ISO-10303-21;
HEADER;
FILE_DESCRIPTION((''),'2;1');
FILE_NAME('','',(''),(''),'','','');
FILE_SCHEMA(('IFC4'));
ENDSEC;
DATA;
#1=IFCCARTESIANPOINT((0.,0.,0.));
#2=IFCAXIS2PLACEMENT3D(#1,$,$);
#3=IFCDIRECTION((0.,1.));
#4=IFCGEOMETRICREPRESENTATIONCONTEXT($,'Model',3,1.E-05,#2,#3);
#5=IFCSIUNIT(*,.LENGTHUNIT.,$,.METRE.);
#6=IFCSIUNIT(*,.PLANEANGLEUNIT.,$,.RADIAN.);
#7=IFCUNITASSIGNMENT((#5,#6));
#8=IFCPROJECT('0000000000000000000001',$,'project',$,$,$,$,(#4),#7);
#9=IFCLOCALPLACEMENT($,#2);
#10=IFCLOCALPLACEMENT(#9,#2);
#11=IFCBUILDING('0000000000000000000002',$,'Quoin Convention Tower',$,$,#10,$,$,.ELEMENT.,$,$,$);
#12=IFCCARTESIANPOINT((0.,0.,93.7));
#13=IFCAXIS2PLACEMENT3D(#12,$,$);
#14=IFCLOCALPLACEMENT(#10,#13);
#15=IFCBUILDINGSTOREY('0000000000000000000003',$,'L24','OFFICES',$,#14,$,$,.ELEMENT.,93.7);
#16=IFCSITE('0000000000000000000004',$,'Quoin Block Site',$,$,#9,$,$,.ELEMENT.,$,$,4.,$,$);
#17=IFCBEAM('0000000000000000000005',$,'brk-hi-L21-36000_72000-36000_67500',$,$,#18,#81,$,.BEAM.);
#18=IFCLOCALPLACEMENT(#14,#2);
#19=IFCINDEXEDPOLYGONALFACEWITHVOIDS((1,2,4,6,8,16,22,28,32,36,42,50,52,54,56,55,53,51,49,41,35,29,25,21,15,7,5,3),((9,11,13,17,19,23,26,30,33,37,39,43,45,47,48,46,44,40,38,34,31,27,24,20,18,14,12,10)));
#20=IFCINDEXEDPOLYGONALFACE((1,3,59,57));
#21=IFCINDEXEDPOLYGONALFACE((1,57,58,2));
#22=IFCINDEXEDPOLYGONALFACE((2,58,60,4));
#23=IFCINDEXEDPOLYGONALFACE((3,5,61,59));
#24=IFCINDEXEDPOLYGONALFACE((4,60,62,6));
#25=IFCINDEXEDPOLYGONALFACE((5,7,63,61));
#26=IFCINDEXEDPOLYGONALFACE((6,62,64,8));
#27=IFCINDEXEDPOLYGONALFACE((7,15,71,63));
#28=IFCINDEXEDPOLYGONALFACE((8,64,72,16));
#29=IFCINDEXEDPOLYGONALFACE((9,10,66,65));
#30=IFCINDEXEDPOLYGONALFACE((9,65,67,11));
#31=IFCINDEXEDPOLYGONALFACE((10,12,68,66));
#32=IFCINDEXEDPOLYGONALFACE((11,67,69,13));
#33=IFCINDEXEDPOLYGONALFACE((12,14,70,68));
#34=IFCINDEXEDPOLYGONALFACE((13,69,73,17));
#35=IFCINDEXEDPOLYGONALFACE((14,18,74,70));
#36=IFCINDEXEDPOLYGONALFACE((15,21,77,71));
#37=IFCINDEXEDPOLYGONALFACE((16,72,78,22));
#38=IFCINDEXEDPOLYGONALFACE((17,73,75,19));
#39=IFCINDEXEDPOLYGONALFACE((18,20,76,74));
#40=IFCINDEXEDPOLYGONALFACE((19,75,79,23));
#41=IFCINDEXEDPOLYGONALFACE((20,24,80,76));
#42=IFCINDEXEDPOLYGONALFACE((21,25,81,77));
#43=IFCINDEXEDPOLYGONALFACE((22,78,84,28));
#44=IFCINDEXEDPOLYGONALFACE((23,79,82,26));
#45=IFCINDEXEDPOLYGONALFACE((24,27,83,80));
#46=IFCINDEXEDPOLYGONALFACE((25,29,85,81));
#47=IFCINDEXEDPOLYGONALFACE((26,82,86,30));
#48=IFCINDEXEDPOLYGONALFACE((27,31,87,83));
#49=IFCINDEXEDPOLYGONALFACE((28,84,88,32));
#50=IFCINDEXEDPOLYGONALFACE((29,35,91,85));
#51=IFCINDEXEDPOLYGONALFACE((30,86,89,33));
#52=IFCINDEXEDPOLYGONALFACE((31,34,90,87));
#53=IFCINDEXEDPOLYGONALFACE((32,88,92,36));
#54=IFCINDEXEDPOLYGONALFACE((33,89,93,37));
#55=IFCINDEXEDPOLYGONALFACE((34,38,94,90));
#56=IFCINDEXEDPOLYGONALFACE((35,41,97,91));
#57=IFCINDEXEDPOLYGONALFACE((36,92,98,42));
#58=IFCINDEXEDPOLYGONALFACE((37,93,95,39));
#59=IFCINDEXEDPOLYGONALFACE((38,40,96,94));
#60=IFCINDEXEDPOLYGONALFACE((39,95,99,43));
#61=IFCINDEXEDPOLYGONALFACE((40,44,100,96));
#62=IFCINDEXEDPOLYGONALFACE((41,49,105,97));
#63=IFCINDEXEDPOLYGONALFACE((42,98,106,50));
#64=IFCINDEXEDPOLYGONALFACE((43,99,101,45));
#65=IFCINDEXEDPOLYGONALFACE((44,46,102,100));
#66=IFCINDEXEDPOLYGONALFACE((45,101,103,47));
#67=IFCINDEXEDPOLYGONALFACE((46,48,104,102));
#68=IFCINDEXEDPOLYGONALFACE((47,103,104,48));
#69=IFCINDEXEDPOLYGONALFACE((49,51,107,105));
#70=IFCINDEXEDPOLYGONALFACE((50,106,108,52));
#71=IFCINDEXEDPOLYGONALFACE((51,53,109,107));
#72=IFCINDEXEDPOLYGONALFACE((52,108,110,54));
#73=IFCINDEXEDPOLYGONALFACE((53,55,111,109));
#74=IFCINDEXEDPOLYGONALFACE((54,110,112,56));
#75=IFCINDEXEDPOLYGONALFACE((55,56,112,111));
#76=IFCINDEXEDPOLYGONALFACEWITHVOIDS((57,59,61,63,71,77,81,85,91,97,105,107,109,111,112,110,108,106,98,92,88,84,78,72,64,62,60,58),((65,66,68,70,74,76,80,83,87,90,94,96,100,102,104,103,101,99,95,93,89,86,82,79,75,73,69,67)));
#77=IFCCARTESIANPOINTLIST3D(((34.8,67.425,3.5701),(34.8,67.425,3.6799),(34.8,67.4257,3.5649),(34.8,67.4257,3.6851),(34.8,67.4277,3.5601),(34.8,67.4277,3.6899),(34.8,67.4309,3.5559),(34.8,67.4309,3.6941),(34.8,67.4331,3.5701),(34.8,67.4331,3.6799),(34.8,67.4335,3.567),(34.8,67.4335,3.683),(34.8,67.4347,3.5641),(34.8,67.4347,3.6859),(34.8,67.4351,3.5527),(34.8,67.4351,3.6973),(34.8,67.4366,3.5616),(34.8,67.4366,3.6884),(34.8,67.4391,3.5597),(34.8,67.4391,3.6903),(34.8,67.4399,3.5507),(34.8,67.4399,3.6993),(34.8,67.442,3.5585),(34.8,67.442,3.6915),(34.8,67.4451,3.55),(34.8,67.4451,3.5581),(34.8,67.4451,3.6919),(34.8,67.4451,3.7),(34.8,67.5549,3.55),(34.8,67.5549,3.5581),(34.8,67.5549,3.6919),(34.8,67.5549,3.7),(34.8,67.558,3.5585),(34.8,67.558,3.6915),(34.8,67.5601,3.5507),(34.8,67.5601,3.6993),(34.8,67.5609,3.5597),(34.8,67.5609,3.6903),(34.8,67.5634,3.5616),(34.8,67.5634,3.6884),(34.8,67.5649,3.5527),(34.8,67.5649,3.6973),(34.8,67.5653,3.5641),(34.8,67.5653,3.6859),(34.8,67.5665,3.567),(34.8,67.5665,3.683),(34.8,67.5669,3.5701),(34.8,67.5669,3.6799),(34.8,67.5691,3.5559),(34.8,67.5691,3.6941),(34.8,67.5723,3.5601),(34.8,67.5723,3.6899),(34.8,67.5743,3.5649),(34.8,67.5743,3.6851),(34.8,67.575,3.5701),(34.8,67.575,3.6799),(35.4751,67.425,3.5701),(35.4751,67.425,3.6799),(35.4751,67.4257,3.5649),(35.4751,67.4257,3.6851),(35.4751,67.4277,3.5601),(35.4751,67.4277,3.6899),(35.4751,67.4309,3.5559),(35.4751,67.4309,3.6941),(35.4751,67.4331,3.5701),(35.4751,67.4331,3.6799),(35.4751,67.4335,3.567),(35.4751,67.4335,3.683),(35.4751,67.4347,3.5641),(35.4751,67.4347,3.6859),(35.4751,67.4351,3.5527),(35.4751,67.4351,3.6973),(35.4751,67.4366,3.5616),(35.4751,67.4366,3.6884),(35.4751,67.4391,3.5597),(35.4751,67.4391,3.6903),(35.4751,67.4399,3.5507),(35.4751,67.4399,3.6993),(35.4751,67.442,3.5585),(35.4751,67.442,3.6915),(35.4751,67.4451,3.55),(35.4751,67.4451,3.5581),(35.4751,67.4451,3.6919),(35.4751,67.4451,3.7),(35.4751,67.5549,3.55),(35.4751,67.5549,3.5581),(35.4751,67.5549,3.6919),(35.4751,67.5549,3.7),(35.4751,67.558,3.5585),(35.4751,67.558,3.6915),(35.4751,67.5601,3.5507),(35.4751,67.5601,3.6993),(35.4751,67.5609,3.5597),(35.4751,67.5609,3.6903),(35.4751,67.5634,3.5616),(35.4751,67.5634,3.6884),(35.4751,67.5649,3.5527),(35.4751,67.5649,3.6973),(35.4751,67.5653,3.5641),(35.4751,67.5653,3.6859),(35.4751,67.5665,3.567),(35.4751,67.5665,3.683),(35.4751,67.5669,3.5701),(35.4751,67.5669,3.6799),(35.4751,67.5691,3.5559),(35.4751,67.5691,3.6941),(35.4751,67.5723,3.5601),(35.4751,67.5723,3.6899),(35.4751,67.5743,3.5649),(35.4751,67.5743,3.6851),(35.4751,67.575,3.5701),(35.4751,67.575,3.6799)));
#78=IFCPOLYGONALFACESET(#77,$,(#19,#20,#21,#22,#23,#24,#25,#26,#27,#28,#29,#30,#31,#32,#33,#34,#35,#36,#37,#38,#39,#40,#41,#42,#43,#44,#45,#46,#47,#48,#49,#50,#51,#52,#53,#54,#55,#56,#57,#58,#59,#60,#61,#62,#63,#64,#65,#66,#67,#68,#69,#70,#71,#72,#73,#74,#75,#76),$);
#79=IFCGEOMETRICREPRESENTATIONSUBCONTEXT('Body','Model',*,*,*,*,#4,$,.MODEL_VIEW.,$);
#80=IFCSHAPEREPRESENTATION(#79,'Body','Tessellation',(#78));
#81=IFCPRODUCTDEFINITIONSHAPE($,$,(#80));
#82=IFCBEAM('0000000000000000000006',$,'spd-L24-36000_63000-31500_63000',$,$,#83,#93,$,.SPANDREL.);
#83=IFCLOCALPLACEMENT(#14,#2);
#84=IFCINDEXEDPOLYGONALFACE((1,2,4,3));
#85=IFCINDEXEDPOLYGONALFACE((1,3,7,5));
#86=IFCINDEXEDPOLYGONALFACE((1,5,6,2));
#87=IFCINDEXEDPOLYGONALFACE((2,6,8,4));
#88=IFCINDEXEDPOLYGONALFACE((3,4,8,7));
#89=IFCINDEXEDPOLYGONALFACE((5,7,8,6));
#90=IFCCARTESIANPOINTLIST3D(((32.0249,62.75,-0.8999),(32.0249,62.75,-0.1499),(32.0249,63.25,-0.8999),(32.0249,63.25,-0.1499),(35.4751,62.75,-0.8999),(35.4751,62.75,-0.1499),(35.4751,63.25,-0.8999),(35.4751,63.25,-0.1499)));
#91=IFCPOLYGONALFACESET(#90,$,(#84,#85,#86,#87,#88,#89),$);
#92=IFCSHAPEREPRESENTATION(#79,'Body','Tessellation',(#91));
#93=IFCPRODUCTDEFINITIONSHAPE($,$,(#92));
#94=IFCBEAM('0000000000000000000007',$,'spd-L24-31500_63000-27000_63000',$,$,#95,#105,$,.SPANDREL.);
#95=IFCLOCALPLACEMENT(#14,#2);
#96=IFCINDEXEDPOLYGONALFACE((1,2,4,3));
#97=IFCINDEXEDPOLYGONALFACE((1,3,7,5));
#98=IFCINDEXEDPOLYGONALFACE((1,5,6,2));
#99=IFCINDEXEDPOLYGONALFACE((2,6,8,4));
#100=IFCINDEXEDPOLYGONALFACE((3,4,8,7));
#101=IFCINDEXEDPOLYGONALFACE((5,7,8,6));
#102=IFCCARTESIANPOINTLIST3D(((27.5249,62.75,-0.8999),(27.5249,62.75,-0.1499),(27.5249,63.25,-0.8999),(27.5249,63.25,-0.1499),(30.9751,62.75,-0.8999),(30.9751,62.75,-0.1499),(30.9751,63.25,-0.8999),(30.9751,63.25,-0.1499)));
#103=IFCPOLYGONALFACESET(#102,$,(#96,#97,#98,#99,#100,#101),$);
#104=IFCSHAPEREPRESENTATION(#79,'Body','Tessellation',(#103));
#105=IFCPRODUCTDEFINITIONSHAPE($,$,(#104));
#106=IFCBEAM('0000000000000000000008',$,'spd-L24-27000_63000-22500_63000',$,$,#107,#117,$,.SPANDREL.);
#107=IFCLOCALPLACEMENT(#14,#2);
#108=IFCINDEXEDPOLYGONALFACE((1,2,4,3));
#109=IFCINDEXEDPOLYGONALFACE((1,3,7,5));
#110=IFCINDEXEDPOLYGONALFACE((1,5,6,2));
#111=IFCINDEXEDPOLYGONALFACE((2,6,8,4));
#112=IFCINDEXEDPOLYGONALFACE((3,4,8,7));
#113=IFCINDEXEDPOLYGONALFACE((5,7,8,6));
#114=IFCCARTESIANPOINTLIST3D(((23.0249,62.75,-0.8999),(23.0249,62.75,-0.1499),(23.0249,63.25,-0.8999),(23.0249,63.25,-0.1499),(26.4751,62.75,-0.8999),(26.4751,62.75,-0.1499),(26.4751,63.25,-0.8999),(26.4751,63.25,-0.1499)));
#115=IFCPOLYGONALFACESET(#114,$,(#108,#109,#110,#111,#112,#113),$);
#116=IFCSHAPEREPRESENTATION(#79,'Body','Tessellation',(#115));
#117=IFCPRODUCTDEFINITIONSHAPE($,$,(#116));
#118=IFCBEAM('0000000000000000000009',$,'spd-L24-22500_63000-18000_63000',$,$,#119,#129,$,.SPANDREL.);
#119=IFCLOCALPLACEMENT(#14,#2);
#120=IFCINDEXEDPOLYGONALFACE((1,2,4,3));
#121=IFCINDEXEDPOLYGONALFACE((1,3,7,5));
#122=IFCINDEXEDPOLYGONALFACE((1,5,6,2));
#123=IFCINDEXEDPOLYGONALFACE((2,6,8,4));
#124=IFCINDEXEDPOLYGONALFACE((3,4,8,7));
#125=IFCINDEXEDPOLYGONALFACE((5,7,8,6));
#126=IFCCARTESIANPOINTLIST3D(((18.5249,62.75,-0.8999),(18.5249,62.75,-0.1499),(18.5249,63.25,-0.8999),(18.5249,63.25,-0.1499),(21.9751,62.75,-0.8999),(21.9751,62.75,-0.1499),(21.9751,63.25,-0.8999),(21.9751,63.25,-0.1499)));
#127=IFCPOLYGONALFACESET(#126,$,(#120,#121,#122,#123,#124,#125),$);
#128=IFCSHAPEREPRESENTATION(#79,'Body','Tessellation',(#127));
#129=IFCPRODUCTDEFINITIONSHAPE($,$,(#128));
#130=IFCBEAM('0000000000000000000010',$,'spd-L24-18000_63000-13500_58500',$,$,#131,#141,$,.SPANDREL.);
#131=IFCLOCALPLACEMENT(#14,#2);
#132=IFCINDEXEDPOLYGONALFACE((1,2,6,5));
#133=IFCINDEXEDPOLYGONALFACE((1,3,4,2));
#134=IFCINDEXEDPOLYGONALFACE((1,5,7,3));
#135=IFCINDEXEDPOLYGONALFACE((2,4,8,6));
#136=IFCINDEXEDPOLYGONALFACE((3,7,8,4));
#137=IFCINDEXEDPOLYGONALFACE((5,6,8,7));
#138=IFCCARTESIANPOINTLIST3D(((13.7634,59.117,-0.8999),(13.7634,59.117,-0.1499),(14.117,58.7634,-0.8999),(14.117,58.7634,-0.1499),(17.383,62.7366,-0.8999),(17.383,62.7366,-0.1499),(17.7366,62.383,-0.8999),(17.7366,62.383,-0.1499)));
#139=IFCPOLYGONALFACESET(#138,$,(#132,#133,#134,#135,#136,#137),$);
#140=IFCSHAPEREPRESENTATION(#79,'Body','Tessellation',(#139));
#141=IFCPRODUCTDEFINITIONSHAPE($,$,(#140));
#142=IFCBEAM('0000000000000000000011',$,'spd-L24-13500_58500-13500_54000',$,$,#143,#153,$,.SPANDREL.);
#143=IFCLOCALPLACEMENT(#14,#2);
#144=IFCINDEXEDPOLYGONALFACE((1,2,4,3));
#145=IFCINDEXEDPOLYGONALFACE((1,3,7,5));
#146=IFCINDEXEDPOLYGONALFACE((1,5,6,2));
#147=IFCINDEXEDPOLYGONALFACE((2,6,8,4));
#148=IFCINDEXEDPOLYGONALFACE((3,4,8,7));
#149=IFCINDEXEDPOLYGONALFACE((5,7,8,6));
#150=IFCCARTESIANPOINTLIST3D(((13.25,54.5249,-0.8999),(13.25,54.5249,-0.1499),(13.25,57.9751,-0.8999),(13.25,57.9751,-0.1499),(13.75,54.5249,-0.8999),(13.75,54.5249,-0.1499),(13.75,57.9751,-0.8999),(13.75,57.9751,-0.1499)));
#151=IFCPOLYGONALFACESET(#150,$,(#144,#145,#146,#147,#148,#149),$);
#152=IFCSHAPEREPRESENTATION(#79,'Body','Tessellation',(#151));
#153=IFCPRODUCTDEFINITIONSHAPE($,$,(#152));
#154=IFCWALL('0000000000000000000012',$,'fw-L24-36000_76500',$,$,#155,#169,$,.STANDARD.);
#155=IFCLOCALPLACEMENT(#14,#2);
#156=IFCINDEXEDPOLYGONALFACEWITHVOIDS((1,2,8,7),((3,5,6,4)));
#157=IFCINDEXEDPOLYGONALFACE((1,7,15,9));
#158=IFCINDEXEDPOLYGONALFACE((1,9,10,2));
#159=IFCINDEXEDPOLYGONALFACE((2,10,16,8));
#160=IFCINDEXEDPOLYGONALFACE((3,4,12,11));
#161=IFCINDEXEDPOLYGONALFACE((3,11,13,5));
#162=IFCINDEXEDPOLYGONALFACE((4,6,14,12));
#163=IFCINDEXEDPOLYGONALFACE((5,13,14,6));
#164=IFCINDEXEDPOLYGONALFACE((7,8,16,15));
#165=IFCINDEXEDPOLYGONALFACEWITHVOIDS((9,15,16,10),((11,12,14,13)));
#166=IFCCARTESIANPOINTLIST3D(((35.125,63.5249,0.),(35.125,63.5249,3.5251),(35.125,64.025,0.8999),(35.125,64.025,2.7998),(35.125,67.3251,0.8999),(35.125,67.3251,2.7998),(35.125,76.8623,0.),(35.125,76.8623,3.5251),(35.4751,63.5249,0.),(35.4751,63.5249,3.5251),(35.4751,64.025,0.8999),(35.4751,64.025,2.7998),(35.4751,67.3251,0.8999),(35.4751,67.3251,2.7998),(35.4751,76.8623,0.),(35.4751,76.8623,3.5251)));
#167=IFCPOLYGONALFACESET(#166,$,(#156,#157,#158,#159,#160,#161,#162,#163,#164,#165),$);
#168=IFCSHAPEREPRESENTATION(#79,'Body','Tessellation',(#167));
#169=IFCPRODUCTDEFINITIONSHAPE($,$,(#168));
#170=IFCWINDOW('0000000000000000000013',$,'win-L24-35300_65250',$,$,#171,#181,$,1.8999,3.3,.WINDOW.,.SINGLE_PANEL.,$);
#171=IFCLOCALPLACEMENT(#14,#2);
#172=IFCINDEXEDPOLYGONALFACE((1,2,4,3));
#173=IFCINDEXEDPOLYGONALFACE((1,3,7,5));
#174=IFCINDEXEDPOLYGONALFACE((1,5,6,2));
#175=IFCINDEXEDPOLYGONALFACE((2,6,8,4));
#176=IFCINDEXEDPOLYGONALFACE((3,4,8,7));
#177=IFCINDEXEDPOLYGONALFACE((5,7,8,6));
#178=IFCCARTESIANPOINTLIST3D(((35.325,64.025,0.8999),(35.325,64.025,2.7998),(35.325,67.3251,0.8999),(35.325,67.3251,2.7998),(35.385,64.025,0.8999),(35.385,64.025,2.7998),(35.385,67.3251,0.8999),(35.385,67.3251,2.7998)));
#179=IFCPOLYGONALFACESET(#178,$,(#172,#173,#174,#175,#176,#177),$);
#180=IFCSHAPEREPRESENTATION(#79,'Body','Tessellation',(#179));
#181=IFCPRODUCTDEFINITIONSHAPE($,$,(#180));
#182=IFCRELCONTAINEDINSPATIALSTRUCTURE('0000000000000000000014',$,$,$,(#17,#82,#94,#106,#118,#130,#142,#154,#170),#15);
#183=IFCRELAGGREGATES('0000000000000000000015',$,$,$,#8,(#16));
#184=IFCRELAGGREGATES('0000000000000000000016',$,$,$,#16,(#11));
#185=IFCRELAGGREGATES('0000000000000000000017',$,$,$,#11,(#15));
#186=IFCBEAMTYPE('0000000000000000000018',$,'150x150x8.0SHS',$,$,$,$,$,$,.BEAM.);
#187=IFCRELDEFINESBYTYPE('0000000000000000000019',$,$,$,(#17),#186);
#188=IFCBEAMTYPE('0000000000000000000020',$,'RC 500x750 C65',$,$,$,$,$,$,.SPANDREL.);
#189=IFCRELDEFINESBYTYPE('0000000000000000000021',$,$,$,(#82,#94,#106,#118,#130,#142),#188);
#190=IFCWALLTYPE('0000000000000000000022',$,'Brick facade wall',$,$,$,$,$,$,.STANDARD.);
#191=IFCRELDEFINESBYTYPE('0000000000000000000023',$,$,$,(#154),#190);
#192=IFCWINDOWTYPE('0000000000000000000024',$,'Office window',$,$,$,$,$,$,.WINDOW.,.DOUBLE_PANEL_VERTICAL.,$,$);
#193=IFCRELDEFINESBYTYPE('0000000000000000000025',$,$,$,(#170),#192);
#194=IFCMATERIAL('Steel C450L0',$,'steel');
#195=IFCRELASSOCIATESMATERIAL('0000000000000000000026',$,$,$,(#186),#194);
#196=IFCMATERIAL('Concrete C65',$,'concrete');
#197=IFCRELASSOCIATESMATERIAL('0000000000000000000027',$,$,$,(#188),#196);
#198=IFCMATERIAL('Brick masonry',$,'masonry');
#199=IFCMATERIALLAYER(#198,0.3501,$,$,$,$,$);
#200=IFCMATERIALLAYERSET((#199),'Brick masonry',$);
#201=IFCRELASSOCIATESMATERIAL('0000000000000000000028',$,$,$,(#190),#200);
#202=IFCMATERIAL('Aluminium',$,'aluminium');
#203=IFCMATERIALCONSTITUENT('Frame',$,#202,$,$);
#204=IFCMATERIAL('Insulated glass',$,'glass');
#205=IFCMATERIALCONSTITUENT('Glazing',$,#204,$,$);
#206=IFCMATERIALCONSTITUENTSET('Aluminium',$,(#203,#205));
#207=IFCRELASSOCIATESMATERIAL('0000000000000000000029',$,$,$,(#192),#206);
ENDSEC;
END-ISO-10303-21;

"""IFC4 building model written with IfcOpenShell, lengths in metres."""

from ifc_helpers import new_model, si_unit, direction, frame, frame_2d, origin, origin_2d, place, context, subcontext, project, spatial, rectangle, hollow_rectangle, extrude, material, layer, layer_set, constituent, constituent_set, material_profile, profile_set, type_object, element, fill, save


model = new_model("IFC4")

# Units and contexts
model_context = context("Model", 3, precision=1e-05, world=origin(), true_north=direction((0.0, 1.0)))
body_context = subcontext(model_context, "Body", "Model", "MODEL_VIEW")
ifc_project = project(units=[si_unit("LENGTHUNIT", "METRE"), si_unit("PLANEANGLEUNIT", "RADIAN")], contexts=[model_context])

# Site, building, storey
site_placement = place(None, origin())
site = spatial("IfcSite", under=ifc_project, at=site_placement, Name="Quoin Block Site", CompositionType="ELEMENT", RefElevation=4.0)
building_placement = place(site_placement, origin())
building = spatial("IfcBuilding", under=site, at=building_placement, Name="Quoin Convention Tower", CompositionType="ELEMENT")
storey_placement = place(building_placement, frame((0.0, 0.0, 93.7)))
storey = spatial("IfcBuildingStorey", under=building, at=storey_placement, Name="L24", Description="OFFICES", CompositionType="ELEMENT", Elevation=93.7)

# Shared definitions
ifc_material_1 = material(Name="Concrete C65", Category="concrete")

# Beams
ifc_material_2 = material(Name="Steel C450L0", Category="steel")
ifc_material_profile_1 = material_profile(ifc_material_2, hollow_rectangle(XDim=0.1499, YDim=0.1499, WallThickness=0.0081, InnerFilletRadius=0.012, OuterFilletRadius=0.02, at=origin_2d()), Name="150x150x8.0SHS")
ifc_profile_set_1 = profile_set([ifc_material_profile_1], Name="Steel C450L0")
beam_type_1 = type_object("IfcBeamType", Name="150x150x8.0SHS", PredefinedType="BEAM", material=ifc_profile_set_1)
for number, where, z_axis, x_axis, name in (
    (1, (35.4751, 67.5, 3.625), (-1.0, 0.0, 0.0), (0.0, -1.0, 0.0), "brk-hi-L21-36000_72000-36000_67500"),
):
    element("IfcBeam", number, at=place(storey_placement, frame(where, z_axis=z_axis, x_axis=x_axis)), inside=storey, type_object=beam_type_1, Name=name, PredefinedType="BEAM", context=body_context, shape_type="SweptSolid", body=[
        extrude(hollow_rectangle(XDim=0.1499, YDim=0.1499, WallThickness=0.0081, InnerFilletRadius=0.012, OuterFilletRadius=0.02, at=origin_2d()), origin(), (0.0, 0.0, 1.0), 0.675),
    ])
ifc_material_profile_2 = material_profile(ifc_material_1, rectangle(XDim=0.5, YDim=0.75, at=origin_2d()), Name="RC 500x750")
ifc_profile_set_2 = profile_set([ifc_material_profile_2], Name="Concrete C65")
beam_type_2 = type_object("IfcBeamType", Name="RC 500x750 C65", PredefinedType="SPANDREL", material=ifc_profile_set_2)
for number, where, z_axis, x_axis, name in (
    (2, (35.4751, 63.0, -0.5249), (-1.0, 0.0, 0.0), (0.0, -1.0, 0.0), "spd-L24-36000_63000-31500_63000"),
    (3, (30.9751, 63.0, -0.5249), (-1.0, 0.0, 0.0), (0.0, -1.0, 0.0), "spd-L24-31500_63000-27000_63000"),
    (4, (26.4751, 63.0, -0.5249), (-1.0, 0.0, 0.0), (0.0, -1.0, 0.0), "spd-L24-27000_63000-22500_63000"),
    (5, (21.9751, 63.0, -0.5249), (-1.0, 0.0, 0.0), (0.0, -1.0, 0.0), "spd-L24-22500_63000-18000_63000"),
):
    element("IfcBeam", number, at=place(storey_placement, frame(where, z_axis=z_axis, x_axis=x_axis)), inside=storey, type_object=beam_type_2, Name=name, PredefinedType="SPANDREL", context=body_context, shape_type="SweptSolid", body=[
        extrude(rectangle(XDim=0.5, YDim=0.75, at=origin_2d()), origin(), (0.0, 0.0, 1.0), 3.4502),
    ])
beam_1_placement = place(storey_placement, frame((17.5598, 62.5598, -0.5249), z_axis=(-0.707107, -0.707107, 0.0), x_axis=(0.707107, -0.707107, 0.0)))
element("IfcBeam", 6, at=beam_1_placement, inside=storey, type_object=beam_type_2, Name="spd-L24-18000_63000-13500_58500", PredefinedType="SPANDREL", context=body_context, shape_type="SweptSolid", body=[
    extrude(rectangle(XDim=0.5, YDim=0.75, at=origin_2d()), origin(), (0.0, 0.0, 1.0), 5.1189),
])
beam_2_placement = place(storey_placement, frame((13.5, 57.9751, -0.5249), z_axis=(0.0, -1.0, 0.0), x_axis=(1.0, 0.0, 0.0)))
element("IfcBeam", 7, at=beam_2_placement, inside=storey, type_object=beam_type_2, Name="spd-L24-13500_58500-13500_54000", PredefinedType="SPANDREL", context=body_context, shape_type="SweptSolid", body=[
    extrude(rectangle(XDim=0.5, YDim=0.75, at=origin_2d()), origin(), (0.0, 0.0, 1.0), 3.4502),
])

# Wall, opening, window
ifc_material_3 = material(Name="Brick masonry", Category="masonry")
ifc_layer_1 = layer(ifc_material_3, 0.3501)
ifc_layer_set_1 = layer_set([ifc_layer_1], Name="Brick masonry")
wall_type_1 = type_object("IfcWallType", Name="Brick facade wall", PredefinedType="STANDARD", material=ifc_layer_set_1)
wall_1_placement = place(storey_placement, frame((35.3, 76.8623, 0.0), z_axis=(0.0, 0.0, 1.0), x_axis=(0.0, -1.0, 0.0)))
wall_1 = element("IfcWall", 8, at=wall_1_placement, inside=storey, type_object=wall_type_1, Name="fw-L24-36000_76500", PredefinedType="STANDARD", context=body_context, shape_type="SweptSolid", body=[
    extrude(rectangle(XDim=13.3374, YDim=0.3501, at=frame_2d((6.6687, 0.0))), origin(), (0.0, 0.0, 1.0), 3.5251),
])
opening_1_placement = place(wall_1_placement, frame((9.5374, 0.0, 0.8999)))
opening_1 = element("IfcOpeningElement", 9, at=opening_1_placement, cuts=wall_1, PredefinedType="OPENING", context=body_context, shape_type="SweptSolid", body=[
    extrude(rectangle(XDim=3.3, YDim=1.8999, at=frame_2d((1.6499, 0.95))), frame((0.0, 0.1851, 0.0), z_axis=(0.0, -1.0, 0.0), x_axis=(1.0, 0.0, 0.0)), (0.0, 0.0, 1.0), 0.3701),
])
ifc_material_4 = material(Name="Aluminium", Category="aluminium")
ifc_constituent_1 = constituent(ifc_material_4, Name="Frame")
ifc_material_5 = material(Name="Insulated glass", Category="glass")
ifc_constituent_2 = constituent(ifc_material_5, Name="Glazing")
ifc_constituent_set = constituent_set(constituents=[ifc_constituent_1, ifc_constituent_2], Name="Aluminium")
window_type = type_object("IfcWindowType", Name="Office window", PartitioningType="DOUBLE_PANEL_VERTICAL", PredefinedType="WINDOW", material=ifc_constituent_set)
window_1_placement = place(opening_1_placement, origin())
window_1 = element("IfcWindow", 10, at=window_1_placement, inside=storey, type_object=window_type, Name="win-L24-35300_65250", OverallHeight=1.8999, OverallWidth=3.3, PartitioningType="SINGLE_PANEL", PredefinedType="WINDOW", context=body_context, shape_type="SweptSolid", body=[
    extrude(rectangle(XDim=3.3, YDim=1.8999, at=frame_2d((1.6499, 0.95))), frame((0.0, 0.085, 0.0), z_axis=(0.0, -1.0, 0.0), x_axis=(1.0, 0.0, 0.0)), (0.0, 0.0, 1.0), 0.0601),
])
fill(opening_1, window_1)

save(model, "model.ifc")
